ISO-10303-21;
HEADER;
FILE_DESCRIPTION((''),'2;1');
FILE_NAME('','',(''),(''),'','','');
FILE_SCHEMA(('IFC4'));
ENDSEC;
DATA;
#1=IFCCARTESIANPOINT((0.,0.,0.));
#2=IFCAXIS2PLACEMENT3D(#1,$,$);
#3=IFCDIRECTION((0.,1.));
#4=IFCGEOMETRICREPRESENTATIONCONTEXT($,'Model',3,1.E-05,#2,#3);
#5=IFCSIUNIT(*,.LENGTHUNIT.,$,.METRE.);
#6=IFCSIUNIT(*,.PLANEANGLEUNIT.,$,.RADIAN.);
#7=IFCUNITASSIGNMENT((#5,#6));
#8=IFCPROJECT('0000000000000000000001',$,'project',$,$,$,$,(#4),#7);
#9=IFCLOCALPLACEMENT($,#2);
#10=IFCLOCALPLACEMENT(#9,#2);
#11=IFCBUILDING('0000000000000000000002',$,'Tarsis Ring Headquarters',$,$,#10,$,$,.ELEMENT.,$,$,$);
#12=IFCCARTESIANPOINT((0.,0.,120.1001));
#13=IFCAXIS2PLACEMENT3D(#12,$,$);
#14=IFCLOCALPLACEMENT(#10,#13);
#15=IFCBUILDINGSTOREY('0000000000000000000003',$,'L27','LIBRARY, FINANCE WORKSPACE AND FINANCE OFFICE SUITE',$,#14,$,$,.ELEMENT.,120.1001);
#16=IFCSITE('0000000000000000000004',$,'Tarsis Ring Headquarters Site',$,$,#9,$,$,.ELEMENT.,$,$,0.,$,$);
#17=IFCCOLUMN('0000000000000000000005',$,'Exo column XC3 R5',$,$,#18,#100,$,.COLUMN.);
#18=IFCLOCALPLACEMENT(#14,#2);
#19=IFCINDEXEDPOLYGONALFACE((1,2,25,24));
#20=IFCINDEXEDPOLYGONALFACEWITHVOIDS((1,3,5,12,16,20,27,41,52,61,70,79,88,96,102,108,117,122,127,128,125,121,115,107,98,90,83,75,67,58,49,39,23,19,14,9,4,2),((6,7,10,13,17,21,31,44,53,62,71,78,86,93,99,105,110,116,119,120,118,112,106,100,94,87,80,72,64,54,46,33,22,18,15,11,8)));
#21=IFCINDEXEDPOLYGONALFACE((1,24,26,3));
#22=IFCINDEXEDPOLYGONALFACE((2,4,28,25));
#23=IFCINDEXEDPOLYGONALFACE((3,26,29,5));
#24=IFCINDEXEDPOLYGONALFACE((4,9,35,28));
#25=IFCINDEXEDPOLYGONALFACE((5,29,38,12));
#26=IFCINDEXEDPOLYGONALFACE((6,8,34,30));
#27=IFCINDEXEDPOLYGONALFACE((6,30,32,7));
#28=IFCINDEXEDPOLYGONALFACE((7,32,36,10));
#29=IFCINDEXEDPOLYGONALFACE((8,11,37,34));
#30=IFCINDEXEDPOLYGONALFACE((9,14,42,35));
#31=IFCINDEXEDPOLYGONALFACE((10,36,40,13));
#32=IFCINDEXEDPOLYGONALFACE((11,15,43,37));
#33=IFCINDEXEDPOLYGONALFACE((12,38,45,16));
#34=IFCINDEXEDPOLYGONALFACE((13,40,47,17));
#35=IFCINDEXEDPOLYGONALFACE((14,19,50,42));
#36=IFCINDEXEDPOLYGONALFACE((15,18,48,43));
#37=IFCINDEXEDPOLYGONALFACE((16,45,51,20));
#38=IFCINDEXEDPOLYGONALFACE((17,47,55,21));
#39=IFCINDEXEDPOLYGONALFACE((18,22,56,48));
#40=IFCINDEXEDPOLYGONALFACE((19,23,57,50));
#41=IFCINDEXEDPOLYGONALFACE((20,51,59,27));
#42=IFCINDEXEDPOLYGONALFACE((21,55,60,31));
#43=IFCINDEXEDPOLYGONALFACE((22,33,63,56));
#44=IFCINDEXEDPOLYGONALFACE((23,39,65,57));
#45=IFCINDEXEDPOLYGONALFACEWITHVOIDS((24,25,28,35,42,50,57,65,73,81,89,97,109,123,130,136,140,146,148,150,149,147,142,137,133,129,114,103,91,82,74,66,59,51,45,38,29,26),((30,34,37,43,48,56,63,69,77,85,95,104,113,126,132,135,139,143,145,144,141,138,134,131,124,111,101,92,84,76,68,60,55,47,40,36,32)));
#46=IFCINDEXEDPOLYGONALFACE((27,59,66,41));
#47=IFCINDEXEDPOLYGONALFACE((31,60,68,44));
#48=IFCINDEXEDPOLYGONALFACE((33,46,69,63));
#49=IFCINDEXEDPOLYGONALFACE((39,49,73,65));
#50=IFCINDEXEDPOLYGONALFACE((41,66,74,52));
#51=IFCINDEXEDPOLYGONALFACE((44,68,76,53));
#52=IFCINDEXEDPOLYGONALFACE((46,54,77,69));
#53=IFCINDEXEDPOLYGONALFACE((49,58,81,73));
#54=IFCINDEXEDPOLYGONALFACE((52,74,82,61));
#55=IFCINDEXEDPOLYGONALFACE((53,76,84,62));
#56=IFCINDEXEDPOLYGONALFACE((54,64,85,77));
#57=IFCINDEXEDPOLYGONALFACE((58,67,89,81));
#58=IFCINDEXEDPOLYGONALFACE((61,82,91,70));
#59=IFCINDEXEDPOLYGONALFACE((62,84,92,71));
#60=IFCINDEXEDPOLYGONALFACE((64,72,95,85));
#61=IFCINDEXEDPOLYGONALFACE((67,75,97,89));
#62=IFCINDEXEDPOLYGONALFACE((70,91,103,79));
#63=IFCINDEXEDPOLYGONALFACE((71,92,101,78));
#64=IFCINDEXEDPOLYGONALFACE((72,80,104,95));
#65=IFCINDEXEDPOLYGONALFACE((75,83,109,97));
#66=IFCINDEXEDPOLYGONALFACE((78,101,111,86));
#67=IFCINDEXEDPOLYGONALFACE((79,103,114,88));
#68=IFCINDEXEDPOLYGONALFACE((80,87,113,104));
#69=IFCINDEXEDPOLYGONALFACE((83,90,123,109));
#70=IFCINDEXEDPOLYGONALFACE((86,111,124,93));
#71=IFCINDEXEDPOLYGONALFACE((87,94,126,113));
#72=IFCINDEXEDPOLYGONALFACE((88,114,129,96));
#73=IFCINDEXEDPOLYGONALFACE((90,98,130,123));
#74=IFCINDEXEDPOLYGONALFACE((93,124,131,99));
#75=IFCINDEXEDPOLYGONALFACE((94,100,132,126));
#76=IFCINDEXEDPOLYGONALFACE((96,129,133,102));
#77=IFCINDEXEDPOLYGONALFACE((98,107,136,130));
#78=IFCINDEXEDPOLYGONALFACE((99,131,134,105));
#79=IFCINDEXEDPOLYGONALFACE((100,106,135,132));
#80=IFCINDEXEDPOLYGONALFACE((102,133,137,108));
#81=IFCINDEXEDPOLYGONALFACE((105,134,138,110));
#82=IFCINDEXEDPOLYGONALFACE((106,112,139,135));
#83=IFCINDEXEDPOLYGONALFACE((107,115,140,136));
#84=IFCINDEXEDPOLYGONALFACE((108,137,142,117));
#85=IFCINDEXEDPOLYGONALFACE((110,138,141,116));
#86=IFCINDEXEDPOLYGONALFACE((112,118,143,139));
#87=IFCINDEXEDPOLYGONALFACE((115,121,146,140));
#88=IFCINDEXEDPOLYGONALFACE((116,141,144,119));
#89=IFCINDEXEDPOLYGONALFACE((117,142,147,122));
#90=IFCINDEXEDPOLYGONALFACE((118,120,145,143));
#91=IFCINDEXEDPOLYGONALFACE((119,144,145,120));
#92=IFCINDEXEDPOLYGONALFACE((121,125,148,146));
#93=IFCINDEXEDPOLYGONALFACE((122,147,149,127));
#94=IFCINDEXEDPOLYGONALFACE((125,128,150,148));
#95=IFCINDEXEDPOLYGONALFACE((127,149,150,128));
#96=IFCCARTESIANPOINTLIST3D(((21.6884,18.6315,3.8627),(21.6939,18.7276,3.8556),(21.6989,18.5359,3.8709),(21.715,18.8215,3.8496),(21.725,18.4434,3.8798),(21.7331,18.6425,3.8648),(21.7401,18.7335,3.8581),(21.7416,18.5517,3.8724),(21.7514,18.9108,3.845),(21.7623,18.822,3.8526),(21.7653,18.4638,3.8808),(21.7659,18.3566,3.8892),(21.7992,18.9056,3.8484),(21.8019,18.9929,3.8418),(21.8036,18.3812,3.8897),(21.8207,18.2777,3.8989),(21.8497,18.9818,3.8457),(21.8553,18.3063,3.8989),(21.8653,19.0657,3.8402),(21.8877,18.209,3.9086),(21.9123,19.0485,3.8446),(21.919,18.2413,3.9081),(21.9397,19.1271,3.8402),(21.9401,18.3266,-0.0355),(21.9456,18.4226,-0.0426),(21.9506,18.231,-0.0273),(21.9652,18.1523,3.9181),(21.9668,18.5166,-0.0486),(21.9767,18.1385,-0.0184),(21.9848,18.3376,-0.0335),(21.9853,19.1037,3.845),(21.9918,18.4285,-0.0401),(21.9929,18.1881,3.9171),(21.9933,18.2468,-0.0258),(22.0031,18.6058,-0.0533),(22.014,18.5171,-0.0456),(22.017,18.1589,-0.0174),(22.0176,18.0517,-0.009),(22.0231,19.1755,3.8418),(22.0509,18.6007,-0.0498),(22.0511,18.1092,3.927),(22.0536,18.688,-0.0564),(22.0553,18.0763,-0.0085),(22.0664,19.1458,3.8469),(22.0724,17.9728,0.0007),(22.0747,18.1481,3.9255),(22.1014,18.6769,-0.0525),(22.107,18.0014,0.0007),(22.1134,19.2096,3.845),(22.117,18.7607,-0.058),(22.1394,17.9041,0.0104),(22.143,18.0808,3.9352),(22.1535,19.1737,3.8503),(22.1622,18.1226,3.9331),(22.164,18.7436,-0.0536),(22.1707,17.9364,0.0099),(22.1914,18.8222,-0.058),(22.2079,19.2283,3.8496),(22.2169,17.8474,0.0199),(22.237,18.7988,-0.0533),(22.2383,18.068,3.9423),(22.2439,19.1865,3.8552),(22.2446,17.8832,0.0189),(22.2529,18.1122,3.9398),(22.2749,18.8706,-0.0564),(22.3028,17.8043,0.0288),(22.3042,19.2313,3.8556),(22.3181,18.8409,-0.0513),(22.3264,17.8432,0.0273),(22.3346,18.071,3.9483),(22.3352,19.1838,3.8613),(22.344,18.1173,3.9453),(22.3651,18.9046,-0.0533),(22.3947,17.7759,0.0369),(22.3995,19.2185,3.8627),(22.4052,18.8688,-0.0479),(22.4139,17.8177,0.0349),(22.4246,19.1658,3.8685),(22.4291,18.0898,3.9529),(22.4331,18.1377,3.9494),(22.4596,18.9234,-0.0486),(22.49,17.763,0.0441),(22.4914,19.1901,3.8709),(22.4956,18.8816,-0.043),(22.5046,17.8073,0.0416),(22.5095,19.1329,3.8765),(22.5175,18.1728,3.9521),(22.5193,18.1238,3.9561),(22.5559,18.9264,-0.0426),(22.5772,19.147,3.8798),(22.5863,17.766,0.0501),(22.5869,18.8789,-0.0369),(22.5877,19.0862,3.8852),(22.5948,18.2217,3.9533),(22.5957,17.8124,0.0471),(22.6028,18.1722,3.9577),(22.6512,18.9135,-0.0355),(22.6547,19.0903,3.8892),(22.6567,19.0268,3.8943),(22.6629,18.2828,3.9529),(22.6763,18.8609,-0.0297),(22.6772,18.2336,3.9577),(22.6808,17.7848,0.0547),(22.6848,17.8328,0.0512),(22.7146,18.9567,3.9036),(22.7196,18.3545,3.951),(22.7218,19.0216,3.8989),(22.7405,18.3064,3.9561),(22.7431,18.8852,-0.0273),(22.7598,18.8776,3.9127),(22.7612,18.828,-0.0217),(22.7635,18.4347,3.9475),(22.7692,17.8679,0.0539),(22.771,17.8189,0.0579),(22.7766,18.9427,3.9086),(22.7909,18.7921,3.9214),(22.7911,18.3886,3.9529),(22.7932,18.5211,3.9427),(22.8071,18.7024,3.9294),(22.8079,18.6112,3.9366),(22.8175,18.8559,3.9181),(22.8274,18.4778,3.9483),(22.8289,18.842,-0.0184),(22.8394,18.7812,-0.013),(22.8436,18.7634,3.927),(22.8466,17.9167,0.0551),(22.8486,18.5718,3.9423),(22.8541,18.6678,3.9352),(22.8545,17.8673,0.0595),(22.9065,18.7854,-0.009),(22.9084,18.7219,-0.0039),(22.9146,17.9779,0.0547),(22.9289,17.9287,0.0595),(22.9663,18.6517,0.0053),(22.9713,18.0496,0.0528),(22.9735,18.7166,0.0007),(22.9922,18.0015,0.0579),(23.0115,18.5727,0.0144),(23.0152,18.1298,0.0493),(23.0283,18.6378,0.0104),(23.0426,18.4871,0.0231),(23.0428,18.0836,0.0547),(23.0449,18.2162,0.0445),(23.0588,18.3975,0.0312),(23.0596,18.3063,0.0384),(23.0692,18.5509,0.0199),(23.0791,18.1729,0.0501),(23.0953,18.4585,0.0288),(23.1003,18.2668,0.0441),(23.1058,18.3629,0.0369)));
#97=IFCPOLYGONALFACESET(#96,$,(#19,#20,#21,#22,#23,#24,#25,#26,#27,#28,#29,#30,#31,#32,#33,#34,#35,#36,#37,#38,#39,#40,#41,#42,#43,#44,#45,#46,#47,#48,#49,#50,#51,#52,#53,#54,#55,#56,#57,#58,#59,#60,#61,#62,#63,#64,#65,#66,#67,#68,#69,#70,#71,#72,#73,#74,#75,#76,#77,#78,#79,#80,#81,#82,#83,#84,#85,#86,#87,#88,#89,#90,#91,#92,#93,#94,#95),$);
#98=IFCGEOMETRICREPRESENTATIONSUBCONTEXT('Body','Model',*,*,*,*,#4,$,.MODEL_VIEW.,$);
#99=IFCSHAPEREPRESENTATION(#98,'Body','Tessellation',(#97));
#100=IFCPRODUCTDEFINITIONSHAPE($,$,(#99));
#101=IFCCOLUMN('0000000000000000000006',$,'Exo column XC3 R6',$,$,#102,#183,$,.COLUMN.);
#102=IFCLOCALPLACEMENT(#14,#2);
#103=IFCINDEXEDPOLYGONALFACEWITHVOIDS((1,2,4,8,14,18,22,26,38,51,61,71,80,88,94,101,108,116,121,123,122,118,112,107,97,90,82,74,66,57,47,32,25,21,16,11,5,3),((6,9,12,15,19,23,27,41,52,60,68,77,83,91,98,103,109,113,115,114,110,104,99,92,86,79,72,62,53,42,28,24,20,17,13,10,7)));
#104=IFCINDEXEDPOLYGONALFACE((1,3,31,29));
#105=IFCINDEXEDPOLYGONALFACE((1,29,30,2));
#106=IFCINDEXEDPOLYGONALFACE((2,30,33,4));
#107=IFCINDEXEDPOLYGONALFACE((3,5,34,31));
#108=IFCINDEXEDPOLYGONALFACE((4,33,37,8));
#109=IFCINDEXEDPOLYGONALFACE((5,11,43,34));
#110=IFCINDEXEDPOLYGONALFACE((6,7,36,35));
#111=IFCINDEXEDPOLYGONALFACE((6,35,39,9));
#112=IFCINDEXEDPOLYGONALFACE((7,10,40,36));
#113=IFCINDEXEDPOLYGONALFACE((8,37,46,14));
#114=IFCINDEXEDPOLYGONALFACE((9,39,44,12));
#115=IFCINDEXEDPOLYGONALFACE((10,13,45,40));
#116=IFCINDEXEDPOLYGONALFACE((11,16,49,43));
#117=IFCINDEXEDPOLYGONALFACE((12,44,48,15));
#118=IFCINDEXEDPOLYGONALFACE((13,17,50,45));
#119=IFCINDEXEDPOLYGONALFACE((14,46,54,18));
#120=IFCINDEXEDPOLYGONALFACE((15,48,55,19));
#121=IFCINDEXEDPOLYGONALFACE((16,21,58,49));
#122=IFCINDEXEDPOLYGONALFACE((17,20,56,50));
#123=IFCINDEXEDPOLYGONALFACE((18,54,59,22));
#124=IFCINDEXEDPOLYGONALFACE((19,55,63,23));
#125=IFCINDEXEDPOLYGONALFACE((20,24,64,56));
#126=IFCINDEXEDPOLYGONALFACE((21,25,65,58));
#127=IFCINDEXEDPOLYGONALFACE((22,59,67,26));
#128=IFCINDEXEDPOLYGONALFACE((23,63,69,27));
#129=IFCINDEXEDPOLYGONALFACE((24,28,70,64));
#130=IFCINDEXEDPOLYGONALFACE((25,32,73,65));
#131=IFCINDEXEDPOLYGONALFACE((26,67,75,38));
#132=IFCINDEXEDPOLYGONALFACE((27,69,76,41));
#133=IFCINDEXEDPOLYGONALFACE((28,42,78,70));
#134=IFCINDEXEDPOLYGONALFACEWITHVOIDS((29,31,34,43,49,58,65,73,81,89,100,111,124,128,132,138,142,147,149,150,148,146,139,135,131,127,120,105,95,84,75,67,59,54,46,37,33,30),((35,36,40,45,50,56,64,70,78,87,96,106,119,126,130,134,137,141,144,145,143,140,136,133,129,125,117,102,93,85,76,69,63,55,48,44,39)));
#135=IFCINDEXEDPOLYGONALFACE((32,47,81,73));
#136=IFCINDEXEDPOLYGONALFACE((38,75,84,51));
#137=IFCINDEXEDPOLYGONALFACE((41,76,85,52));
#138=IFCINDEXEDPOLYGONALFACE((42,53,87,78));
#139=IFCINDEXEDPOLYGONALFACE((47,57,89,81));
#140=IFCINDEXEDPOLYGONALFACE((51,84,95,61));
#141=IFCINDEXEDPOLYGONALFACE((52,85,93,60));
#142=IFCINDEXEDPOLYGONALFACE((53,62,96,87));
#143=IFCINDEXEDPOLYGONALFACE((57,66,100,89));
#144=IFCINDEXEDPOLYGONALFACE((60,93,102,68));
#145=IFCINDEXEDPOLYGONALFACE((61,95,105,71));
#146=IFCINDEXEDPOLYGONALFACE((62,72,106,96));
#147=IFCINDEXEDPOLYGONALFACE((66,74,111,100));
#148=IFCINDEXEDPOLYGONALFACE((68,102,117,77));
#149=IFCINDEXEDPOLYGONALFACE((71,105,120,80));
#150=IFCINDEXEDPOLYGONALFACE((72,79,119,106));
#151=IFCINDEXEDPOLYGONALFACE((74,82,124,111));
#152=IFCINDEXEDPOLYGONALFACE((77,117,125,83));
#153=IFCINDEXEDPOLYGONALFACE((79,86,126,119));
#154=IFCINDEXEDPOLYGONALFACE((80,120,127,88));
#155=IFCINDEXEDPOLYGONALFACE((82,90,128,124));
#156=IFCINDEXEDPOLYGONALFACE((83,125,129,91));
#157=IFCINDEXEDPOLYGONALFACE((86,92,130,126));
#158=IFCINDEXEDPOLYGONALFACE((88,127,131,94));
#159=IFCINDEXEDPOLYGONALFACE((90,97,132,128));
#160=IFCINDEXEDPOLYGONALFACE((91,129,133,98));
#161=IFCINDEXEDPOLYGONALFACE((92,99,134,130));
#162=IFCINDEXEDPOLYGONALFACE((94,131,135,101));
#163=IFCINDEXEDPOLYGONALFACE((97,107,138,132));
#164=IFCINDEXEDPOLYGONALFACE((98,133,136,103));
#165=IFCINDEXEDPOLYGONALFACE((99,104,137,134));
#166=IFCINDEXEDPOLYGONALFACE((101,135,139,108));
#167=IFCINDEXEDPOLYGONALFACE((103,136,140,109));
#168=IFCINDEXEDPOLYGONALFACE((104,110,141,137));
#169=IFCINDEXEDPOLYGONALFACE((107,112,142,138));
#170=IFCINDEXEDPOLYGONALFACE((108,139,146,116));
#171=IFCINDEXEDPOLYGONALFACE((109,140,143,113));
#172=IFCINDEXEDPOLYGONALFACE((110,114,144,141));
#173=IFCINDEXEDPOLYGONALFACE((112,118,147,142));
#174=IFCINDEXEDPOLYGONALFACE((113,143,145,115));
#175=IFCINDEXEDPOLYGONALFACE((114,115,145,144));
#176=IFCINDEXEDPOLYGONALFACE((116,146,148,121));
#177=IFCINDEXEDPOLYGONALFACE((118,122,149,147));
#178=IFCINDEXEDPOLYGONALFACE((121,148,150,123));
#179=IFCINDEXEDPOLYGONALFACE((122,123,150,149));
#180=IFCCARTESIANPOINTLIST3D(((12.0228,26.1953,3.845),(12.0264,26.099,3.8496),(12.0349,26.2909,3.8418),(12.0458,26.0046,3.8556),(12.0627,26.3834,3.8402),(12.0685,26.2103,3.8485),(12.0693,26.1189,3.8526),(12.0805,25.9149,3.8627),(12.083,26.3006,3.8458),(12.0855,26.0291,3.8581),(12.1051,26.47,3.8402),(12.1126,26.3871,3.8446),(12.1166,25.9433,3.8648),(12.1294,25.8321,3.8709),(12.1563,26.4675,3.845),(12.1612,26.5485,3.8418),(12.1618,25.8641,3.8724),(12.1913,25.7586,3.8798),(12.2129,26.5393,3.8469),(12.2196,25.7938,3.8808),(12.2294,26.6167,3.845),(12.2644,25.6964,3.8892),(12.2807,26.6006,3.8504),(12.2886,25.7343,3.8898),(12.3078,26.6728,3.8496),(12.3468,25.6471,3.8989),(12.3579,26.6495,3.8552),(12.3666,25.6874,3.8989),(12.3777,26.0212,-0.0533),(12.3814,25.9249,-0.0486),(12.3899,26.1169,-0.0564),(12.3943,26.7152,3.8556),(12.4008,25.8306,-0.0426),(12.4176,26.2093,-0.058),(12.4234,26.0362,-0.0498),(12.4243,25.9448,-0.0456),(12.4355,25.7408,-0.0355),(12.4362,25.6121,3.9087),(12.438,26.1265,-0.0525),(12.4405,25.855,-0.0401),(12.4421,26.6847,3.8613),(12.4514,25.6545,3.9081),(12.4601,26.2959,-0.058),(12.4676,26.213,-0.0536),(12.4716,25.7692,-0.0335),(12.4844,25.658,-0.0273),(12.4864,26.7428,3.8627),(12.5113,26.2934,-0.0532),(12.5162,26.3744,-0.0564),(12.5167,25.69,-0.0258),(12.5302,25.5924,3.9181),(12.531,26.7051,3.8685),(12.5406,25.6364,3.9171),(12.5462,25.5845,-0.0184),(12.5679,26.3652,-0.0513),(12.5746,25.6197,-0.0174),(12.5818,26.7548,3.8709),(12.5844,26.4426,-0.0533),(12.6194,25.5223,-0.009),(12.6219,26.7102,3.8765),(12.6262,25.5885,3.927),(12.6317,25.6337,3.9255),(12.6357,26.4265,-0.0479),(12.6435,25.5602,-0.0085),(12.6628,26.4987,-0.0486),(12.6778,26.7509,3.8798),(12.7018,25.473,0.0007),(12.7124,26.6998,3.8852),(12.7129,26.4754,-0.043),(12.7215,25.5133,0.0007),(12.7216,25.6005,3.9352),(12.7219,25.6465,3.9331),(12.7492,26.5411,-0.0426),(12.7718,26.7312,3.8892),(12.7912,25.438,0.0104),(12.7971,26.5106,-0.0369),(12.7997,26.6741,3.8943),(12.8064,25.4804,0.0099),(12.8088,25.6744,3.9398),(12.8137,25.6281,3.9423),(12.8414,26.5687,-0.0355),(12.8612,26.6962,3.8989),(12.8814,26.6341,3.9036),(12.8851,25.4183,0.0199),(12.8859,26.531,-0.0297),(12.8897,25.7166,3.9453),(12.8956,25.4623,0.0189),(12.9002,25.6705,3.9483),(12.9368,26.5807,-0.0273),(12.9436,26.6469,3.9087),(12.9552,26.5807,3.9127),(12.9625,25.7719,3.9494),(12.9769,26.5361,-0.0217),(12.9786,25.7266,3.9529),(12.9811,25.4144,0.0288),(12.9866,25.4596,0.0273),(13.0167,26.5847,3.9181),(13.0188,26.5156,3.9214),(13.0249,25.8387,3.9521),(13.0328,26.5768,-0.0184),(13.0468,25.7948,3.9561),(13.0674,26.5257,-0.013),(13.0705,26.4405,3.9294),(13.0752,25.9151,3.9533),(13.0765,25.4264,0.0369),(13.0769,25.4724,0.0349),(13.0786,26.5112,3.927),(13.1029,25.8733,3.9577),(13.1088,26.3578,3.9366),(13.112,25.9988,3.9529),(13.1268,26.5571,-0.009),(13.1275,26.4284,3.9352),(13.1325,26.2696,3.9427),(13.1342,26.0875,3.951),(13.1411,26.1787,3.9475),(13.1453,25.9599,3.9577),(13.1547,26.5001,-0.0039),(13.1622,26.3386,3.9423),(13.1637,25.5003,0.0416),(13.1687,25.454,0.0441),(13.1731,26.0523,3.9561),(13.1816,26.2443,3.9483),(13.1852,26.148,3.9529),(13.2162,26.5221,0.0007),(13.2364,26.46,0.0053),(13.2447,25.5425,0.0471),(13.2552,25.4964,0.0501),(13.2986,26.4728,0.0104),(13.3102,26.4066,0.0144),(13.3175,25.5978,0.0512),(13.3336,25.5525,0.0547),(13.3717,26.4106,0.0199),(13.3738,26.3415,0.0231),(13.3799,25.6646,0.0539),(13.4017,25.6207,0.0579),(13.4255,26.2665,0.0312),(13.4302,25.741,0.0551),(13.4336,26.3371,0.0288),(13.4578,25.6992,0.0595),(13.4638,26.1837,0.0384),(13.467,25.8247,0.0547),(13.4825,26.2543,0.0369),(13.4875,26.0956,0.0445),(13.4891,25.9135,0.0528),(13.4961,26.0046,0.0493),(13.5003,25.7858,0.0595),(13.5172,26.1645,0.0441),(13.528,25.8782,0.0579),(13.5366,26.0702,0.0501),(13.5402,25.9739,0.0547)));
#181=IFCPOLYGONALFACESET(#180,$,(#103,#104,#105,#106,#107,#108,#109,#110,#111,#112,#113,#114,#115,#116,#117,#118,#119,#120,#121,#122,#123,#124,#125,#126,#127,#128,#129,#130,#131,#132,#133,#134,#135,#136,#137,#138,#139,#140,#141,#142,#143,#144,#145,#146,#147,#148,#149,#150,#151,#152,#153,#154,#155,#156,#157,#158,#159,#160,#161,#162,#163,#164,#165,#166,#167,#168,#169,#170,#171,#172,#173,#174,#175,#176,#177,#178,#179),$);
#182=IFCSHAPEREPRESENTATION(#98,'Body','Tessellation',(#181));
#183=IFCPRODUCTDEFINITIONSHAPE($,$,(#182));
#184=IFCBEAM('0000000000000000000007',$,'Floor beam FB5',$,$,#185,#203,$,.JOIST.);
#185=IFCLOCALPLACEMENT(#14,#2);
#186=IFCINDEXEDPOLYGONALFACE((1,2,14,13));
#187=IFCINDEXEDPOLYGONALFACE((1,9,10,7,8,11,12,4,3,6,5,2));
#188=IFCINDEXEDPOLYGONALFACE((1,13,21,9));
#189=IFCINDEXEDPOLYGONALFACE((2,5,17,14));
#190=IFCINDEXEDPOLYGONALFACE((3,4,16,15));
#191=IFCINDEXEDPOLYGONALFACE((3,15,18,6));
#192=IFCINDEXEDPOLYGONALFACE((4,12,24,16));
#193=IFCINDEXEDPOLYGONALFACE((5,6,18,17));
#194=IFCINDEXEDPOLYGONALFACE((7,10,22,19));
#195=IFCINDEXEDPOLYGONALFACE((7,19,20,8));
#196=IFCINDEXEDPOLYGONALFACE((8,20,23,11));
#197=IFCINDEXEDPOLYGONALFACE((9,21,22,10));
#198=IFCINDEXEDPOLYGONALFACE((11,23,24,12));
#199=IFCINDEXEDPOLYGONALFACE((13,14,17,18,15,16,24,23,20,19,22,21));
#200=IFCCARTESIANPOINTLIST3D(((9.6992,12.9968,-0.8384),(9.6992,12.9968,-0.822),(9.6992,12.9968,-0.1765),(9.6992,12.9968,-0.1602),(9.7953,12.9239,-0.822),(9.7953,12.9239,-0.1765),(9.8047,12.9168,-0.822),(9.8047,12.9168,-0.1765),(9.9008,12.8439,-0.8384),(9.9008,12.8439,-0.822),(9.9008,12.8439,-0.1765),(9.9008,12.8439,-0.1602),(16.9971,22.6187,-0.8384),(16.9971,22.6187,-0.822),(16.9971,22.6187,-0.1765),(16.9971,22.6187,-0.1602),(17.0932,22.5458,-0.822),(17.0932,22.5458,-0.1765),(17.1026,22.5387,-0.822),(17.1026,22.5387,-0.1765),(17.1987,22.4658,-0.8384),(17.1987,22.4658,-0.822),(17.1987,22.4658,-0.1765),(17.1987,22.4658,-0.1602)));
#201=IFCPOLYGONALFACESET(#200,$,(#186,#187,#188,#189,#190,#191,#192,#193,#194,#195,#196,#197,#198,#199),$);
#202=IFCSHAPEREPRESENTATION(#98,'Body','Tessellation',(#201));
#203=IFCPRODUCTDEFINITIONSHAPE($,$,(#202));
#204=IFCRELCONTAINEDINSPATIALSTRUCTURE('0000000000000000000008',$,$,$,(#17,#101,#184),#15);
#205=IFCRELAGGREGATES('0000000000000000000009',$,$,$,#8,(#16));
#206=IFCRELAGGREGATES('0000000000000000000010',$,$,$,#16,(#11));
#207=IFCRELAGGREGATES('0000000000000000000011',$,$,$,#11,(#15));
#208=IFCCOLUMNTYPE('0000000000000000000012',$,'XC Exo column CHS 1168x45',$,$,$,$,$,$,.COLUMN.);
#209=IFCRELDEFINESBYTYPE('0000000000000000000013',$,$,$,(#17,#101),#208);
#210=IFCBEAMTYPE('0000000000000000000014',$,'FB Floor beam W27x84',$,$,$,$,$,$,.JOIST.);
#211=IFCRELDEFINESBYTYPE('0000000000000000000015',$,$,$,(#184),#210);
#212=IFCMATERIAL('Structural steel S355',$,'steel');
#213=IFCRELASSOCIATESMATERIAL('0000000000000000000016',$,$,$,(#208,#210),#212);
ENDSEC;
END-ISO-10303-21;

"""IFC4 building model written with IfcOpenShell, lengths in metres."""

from ifc_helpers import new_model, si_unit, direction, frame, origin, origin_2d, place, context, subcontext, project, spatial, hollow_circle, i_section, extrude, material, material_profile, profile_set, type_object, element, save


model = new_model("IFC4")

# Units and contexts
model_context = context("Model", 3, precision=1e-05, world=origin(), true_north=direction((0.0, 1.0)))
body_context = subcontext(model_context, "Body", "Model", "MODEL_VIEW")
ifc_project = project(units=[si_unit("LENGTHUNIT", "METRE"), si_unit("PLANEANGLEUNIT", "RADIAN")], contexts=[model_context])

# Site, building, storey
site_placement = place(None, origin())
site = spatial("IfcSite", under=ifc_project, at=site_placement, Name="Tarsis Ring Headquarters Site", CompositionType="ELEMENT", RefElevation=0.0)
building_placement = place(site_placement, origin())
building = spatial("IfcBuilding", under=site, at=building_placement, Name="Tarsis Ring Headquarters", CompositionType="ELEMENT")
storey_placement = place(building_placement, frame((0.0, 0.0, 120.1001)))
storey = spatial("IfcBuildingStorey", under=building, at=storey_placement, Name="L27", Description="LIBRARY, FINANCE WORKSPACE AND FINANCE OFFICE SUITE", CompositionType="ELEMENT", Elevation=120.1001)

# Columns
ifc_material_1 = material(Name="Structural steel S355", Category="steel")
ifc_material_profile_1 = material_profile(ifc_material_1, hollow_circle(Radius=0.5842, WallThickness=0.0449, at=origin_2d()), Name="CHS 1168x45")
ifc_profile_set_1 = profile_set([ifc_material_profile_1], Name="Structural steel S355")
column_type = type_object("IfcColumnType", Name="XC Exo column CHS 1168x45", PredefinedType="COLUMN", material=ifc_profile_set_1)
for number, where, z_axis, x_axis, name in (
    (1, (22.5229, 18.3447, 0.0007), (-0.064241, 0.077825, 0.994895), (-0.771199, -0.636594, 0.0), "Exo column XC3 R5"),
    (2, (12.959, 25.9976, 0.0007), (-0.090598, 0.044427, 0.994896), (-0.440284, -0.897859, 0.0), "Exo column XC3 R6"),
):
    element("IfcColumn", number, at=place(storey_placement, frame(where, z_axis=z_axis, x_axis=x_axis)), inside=storey, type_object=column_type, Name=name, PredefinedType="COLUMN", context=body_context, shape_type="SweptSolid", body=[
        extrude(hollow_circle(Radius=0.5842, WallThickness=0.0449, at=origin_2d()), origin(), (0.0, 0.0, 1.0), 3.9182),
    ])

# Beam
ifc_material_profile_2 = material_profile(ifc_material_1, i_section(OverallWidth=0.2529, OverallDepth=0.6782, WebThickness=0.0117, FlangeThickness=0.0164, at=origin_2d()), Name="W27x84")
ifc_profile_set_2 = profile_set([ifc_material_profile_2], Name="Structural steel S355")
beam_type_1 = type_object("IfcBeamType", Name="FB Floor beam W27x84", PredefinedType="JOIST", material=ifc_profile_set_2)
beam_1_placement = place(storey_placement, frame((17.0979, 22.5422, -0.4993), z_axis=(-0.604309, -0.79675, 0.0), x_axis=(0.79675, -0.604309, 0.0)))
element("IfcBeam", 3, at=beam_1_placement, inside=storey, type_object=beam_type_1, Name="Floor beam FB5", PredefinedType="JOIST", context=body_context, shape_type="SweptSolid", body=[
    extrude(i_section(OverallWidth=0.2529, OverallDepth=0.6782, WebThickness=0.0117, FlangeThickness=0.0164, at=origin_2d()), origin(), (0.0, 0.0, 1.0), 12.0764),
])

save(model, "model.ifc")
